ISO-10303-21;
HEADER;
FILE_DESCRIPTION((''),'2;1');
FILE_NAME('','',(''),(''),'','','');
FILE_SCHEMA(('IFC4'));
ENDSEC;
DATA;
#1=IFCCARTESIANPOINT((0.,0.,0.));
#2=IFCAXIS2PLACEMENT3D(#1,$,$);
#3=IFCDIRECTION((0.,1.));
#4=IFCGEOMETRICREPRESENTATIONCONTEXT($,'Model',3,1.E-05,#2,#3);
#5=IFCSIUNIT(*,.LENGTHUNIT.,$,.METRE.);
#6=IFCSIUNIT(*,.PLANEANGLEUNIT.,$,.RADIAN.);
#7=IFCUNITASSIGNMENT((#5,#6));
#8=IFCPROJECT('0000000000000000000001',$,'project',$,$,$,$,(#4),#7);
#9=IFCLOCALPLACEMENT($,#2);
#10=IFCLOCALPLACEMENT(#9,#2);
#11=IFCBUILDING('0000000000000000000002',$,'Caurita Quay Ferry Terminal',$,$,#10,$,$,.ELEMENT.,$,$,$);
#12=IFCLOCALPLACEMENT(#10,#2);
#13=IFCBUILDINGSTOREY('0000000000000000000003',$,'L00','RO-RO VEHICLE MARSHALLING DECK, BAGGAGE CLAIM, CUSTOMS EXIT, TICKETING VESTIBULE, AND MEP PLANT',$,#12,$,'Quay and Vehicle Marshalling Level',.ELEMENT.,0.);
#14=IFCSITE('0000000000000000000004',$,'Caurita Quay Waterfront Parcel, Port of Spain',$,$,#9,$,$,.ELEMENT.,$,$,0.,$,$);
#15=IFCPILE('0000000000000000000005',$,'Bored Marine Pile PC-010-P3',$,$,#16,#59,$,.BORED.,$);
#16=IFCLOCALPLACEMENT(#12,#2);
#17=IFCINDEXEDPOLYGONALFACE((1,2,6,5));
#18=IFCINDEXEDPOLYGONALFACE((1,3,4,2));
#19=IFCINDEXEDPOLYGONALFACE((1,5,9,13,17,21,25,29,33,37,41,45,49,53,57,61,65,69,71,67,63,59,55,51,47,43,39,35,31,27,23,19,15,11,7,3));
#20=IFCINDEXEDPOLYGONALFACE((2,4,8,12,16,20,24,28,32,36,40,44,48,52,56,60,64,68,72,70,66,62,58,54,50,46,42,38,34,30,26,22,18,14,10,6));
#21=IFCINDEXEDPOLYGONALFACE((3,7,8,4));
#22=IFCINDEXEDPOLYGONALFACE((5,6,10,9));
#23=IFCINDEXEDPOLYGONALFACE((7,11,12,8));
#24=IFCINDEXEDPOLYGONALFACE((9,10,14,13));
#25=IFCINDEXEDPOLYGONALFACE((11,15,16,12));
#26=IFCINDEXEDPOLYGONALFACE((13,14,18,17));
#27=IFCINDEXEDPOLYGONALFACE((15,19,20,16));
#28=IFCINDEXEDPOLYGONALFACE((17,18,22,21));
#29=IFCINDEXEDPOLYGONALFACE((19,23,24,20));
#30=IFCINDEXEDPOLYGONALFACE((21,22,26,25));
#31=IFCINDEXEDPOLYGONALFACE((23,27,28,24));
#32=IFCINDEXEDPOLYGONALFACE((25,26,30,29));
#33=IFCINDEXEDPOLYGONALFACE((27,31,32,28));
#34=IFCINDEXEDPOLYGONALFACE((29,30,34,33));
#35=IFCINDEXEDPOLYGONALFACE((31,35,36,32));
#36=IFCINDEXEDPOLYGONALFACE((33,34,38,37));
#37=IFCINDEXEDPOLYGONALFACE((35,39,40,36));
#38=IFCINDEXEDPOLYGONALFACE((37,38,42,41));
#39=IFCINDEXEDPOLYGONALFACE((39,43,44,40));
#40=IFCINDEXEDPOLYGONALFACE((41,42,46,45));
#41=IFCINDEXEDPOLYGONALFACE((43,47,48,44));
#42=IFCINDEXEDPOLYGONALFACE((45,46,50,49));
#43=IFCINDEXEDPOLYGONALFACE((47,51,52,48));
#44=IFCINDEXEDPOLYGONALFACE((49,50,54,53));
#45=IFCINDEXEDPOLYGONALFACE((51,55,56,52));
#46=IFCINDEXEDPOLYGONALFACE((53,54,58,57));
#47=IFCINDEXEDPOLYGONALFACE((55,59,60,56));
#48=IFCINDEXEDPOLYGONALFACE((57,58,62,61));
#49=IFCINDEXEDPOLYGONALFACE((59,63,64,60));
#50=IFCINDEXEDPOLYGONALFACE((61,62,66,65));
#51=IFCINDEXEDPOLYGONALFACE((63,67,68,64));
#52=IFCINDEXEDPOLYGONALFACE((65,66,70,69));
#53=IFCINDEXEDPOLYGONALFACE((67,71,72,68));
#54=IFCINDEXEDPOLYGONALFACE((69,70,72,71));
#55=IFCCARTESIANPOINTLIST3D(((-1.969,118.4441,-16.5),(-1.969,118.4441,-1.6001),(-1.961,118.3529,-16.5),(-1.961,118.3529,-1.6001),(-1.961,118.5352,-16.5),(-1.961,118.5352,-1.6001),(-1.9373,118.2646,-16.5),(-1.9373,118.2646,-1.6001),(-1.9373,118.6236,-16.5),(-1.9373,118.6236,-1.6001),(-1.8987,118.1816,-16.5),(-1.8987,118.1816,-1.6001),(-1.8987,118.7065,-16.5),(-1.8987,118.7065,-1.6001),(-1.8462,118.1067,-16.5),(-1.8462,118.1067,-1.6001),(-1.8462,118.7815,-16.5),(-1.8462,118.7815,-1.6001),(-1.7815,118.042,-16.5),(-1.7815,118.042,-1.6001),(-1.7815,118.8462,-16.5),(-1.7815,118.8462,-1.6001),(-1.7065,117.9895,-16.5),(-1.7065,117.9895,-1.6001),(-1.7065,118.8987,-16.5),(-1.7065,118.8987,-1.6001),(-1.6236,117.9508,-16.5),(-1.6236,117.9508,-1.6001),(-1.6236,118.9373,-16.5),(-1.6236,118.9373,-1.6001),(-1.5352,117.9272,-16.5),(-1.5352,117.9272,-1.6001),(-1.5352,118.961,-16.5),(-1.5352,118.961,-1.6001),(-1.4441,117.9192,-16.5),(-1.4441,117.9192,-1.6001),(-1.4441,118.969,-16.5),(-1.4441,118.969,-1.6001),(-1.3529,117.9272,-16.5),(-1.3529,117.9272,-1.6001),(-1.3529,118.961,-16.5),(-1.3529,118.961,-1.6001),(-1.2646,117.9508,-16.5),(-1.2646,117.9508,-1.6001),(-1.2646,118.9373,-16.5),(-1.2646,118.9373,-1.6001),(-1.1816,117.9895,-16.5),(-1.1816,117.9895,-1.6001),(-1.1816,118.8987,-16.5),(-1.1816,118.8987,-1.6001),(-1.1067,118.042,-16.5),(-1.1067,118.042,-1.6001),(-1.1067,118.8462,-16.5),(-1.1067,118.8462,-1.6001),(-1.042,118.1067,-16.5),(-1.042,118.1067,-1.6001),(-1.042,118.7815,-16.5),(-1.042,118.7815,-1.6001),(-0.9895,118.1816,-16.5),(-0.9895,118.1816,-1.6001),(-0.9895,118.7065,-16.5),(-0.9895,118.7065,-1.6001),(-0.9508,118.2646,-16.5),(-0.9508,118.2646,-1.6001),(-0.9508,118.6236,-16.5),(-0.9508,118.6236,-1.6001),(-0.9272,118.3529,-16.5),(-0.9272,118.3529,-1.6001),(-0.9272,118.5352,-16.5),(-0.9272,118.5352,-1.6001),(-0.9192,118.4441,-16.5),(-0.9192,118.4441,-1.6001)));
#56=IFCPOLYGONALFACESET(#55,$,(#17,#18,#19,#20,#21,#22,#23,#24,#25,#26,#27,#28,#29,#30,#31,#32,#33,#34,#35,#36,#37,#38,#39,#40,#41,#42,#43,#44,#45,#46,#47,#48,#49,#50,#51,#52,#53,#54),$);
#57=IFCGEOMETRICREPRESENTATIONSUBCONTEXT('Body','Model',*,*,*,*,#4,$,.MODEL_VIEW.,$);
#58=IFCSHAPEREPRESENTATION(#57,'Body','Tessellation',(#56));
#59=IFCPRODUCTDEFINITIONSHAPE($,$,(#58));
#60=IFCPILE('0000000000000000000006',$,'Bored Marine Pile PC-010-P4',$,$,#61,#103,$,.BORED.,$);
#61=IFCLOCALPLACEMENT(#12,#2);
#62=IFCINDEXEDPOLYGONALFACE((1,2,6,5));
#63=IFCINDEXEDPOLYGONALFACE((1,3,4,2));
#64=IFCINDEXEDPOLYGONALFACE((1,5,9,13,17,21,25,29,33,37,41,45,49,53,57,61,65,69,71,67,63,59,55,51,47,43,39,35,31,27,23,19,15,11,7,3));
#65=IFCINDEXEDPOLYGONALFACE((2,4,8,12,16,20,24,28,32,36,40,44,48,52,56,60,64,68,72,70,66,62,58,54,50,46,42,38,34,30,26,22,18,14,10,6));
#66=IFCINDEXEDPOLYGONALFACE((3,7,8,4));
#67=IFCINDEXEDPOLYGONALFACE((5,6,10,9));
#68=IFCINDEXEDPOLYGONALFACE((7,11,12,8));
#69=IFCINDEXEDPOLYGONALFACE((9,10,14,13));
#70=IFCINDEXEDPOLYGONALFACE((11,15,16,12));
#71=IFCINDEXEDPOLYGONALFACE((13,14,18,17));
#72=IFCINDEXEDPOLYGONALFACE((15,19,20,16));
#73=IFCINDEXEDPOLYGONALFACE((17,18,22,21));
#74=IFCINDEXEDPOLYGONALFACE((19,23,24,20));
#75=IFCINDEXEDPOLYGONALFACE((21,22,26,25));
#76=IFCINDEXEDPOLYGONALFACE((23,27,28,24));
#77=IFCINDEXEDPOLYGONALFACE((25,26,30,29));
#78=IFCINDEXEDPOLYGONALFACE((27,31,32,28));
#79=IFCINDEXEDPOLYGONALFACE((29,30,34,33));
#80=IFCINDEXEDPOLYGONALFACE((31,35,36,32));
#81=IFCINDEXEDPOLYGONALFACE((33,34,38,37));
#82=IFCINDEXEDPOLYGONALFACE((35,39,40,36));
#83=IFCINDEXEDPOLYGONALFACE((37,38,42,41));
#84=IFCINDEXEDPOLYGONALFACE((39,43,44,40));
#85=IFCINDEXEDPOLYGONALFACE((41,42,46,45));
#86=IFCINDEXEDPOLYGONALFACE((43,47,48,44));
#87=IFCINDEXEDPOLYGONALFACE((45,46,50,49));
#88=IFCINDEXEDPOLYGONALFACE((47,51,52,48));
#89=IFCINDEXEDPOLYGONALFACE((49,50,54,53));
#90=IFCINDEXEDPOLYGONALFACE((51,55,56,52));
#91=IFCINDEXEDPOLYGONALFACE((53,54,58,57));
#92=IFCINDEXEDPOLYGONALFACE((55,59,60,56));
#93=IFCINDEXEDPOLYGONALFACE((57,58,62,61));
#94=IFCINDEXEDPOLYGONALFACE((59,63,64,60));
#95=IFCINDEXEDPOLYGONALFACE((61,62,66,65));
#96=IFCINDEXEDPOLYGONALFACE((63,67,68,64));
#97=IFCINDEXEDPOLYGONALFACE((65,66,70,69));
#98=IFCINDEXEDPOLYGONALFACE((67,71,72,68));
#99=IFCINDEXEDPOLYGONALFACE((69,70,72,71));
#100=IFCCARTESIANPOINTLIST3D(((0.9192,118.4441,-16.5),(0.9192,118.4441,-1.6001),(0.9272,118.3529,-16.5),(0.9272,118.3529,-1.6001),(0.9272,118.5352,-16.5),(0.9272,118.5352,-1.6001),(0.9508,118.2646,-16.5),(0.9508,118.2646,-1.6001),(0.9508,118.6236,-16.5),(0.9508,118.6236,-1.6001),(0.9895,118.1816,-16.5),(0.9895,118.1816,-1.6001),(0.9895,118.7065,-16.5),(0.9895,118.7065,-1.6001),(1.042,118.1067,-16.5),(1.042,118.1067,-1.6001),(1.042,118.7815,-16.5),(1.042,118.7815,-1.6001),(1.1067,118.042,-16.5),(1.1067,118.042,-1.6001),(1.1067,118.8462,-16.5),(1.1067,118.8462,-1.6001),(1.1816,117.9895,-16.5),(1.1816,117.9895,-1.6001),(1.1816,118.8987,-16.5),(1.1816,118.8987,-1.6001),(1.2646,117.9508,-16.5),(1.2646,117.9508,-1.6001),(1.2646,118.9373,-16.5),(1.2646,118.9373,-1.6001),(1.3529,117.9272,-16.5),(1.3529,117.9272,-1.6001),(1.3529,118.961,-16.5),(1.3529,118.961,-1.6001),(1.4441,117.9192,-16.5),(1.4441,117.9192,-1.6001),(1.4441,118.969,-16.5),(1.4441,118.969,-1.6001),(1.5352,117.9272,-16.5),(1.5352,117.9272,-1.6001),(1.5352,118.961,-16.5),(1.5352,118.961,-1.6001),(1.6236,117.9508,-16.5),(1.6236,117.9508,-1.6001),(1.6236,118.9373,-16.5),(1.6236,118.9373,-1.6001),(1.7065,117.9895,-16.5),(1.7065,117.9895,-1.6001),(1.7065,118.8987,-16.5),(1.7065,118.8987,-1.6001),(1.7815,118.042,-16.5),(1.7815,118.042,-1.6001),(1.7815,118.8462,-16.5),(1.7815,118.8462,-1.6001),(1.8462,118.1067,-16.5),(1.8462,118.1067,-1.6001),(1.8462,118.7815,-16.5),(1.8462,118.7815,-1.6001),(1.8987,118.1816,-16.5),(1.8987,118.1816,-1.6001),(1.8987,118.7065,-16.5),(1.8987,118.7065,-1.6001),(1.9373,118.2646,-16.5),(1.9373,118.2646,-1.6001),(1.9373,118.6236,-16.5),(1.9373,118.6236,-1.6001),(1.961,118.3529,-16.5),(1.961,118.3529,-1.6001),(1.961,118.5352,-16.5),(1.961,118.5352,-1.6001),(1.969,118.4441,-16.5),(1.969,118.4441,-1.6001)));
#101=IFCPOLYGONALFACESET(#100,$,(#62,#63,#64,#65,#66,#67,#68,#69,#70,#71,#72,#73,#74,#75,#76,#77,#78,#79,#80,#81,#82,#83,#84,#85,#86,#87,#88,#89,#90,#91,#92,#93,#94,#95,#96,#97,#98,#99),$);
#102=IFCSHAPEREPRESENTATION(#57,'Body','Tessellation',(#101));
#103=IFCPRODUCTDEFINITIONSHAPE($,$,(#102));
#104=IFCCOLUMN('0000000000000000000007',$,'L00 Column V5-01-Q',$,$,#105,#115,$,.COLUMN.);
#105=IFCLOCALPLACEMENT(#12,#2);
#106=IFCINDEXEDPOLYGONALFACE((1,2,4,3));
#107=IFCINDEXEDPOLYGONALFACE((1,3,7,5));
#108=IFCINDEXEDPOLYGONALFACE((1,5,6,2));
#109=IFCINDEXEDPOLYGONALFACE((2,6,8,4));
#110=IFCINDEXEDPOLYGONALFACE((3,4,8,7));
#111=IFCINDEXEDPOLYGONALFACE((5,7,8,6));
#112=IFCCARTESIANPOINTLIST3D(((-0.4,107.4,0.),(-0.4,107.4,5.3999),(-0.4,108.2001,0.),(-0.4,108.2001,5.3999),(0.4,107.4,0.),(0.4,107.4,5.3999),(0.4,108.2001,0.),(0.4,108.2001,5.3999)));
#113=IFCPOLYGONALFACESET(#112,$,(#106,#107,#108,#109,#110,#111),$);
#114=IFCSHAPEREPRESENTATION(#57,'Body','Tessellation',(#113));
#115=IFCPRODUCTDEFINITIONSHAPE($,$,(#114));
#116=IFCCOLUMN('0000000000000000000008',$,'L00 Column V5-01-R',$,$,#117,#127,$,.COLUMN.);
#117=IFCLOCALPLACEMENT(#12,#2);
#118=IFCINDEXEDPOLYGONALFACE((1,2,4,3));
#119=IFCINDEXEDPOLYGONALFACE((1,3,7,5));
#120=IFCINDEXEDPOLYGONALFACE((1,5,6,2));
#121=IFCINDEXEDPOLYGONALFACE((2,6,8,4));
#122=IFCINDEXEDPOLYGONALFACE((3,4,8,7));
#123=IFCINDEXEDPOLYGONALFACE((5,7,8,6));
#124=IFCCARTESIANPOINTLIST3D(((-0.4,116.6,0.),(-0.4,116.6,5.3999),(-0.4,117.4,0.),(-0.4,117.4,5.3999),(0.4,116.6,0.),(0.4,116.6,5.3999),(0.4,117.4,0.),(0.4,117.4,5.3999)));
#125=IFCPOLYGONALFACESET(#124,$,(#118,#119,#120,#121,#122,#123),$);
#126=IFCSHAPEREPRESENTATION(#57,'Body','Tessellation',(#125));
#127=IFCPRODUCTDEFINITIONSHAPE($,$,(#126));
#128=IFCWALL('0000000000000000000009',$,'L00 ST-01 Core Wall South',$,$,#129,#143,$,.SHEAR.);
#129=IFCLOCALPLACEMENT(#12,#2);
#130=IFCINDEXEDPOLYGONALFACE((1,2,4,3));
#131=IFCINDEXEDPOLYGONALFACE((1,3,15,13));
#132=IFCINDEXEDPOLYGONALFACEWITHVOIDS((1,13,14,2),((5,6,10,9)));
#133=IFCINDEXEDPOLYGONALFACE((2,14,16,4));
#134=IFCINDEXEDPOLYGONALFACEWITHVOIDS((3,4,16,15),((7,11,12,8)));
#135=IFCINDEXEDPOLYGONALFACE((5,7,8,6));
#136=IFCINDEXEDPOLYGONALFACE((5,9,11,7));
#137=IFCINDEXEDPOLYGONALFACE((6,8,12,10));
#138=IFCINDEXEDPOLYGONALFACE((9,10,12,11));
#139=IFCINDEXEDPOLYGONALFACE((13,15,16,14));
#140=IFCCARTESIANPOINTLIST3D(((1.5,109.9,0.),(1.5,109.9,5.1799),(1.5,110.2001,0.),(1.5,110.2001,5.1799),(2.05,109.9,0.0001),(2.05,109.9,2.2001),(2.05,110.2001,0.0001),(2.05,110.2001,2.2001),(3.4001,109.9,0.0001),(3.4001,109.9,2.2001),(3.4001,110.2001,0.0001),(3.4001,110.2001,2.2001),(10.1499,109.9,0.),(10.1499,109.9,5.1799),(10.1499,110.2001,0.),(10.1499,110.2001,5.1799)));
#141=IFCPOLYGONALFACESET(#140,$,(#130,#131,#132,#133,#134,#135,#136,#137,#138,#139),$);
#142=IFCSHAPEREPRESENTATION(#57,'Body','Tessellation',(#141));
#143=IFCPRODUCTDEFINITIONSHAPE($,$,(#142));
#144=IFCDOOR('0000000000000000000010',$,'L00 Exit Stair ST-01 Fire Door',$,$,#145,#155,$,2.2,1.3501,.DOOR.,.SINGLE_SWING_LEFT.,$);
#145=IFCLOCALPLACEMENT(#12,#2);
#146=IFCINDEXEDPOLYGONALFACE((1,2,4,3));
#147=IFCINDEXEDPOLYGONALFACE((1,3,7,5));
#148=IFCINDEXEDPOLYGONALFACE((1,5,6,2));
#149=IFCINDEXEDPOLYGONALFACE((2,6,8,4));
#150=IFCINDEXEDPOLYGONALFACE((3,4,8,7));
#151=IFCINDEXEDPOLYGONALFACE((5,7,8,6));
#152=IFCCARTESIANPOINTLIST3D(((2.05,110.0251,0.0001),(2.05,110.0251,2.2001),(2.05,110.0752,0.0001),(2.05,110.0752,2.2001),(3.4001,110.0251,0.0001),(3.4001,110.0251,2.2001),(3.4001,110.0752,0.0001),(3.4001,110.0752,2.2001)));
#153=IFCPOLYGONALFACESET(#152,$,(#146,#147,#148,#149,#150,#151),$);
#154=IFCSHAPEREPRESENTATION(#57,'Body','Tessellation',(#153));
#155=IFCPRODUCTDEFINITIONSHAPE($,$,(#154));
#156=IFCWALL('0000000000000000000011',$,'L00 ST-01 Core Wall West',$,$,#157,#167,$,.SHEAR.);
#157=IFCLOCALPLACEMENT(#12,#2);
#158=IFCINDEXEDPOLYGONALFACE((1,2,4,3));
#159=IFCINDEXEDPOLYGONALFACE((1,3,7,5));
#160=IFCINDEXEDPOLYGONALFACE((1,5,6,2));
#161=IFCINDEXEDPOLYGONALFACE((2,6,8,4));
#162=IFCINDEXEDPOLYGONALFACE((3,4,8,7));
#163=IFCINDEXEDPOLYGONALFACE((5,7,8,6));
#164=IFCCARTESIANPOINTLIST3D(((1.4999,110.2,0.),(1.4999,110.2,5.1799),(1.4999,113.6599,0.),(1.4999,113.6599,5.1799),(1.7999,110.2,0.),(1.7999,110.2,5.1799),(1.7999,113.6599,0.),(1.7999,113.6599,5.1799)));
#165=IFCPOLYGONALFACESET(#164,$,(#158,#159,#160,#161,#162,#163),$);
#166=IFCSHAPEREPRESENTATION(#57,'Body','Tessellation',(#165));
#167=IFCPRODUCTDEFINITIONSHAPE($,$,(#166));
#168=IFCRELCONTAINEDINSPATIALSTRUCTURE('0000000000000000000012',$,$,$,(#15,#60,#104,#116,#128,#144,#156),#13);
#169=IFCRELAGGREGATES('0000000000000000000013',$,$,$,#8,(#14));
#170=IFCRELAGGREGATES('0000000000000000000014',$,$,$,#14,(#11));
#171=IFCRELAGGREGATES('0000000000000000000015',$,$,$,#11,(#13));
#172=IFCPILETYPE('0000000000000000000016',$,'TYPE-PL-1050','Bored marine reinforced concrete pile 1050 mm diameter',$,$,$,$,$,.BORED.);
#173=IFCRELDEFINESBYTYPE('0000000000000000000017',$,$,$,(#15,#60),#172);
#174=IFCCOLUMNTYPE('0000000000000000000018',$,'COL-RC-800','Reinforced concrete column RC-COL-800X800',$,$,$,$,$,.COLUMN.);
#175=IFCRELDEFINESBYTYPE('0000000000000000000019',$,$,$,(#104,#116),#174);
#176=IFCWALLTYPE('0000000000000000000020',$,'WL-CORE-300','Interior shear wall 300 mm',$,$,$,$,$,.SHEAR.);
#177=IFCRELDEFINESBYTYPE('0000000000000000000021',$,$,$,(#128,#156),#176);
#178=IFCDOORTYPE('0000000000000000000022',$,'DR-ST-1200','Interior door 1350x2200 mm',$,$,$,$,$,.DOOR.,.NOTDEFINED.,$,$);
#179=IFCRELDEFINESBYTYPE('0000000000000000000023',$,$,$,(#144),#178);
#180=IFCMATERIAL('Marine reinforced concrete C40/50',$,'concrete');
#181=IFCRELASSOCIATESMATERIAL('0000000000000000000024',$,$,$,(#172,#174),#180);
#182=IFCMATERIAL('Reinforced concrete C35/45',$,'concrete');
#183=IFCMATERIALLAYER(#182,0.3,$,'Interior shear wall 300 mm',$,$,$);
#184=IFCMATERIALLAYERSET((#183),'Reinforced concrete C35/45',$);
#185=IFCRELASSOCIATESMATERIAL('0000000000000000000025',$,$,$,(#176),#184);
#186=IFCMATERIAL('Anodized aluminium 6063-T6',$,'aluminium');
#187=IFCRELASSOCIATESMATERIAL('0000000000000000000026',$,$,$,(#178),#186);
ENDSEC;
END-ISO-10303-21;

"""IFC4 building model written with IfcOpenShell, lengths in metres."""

from ifc_helpers import new_model, si_unit, direction, frame, frame_2d, origin, origin_2d, place, context, subcontext, project, spatial, rectangle, circle, extrude, material, layer, layer_set, material_profile, profile_set, type_object, element, fill, save


model = new_model("IFC4")

# Units and contexts
model_context = context("Model", 3, precision=1e-05, world=origin(), true_north=direction((0.0, 1.0)))
body_context = subcontext(model_context, "Body", "Model", "MODEL_VIEW")
ifc_project = project(units=[si_unit("LENGTHUNIT", "METRE"), si_unit("PLANEANGLEUNIT", "RADIAN")], contexts=[model_context])

# Site, building, storey
site_placement = place(None, origin())
site = spatial("IfcSite", under=ifc_project, at=site_placement, Name="Caurita Quay Waterfront Parcel, Port of Spain", CompositionType="ELEMENT", RefElevation=0.0)
building_placement = place(site_placement, origin())
building = spatial("IfcBuilding", under=site, at=building_placement, Name="Caurita Quay Ferry Terminal", CompositionType="ELEMENT")
storey_placement = place(building_placement, origin())
storey = spatial("IfcBuildingStorey", under=building, at=storey_placement, Name="L00", Description="RO-RO VEHICLE MARSHALLING DECK, BAGGAGE CLAIM, CUSTOMS EXIT, TICKETING VESTIBULE, AND MEP PLANT", LongName="Quay and Vehicle Marshalling Level", CompositionType="ELEMENT", Elevation=0.0)

# Piles
ifc_material_1 = material(Name="Marine reinforced concrete C40/50", Category="concrete")
ifc_material_profile_1 = material_profile(ifc_material_1, circle(Radius=0.5249, at=origin_2d()), Name="PILE-D1050")
ifc_profile_set_1 = profile_set([ifc_material_profile_1], Name="Marine reinforced concrete C40/50")
pile_type = type_object("IfcPileType", Name="TYPE-PL-1050", Description="Bored marine reinforced concrete pile 1050 mm diameter", PredefinedType="BORED", material=ifc_profile_set_1)
for number, where, z_axis, x_axis, name in (
    (1, (-1.4441, 118.4441, -1.6001), (0.0, 0.0, -1.0), (1.0, 0.0, 0.0), "Bored Marine Pile PC-010-P3"),
    (2, (1.4441, 118.4441, -1.6001), (0.0, 0.0, -1.0), (1.0, 0.0, 0.0), "Bored Marine Pile PC-010-P4"),
):
    element("IfcPile", number, at=place(storey_placement, frame(where, z_axis=z_axis, x_axis=x_axis)), inside=storey, type_object=pile_type, Name=name, PredefinedType="BORED", context=body_context, shape_type="SweptSolid", body=[
        extrude(circle(Radius=0.5249, at=origin_2d()), origin(), (0.0, 0.0, 1.0), 14.8999),
    ])

# Columns
ifc_material_profile_2 = material_profile(ifc_material_1, rectangle(XDim=0.8, YDim=0.8, at=origin_2d()), Name="RC-COL-800X800")
ifc_profile_set_2 = profile_set([ifc_material_profile_2], Name="Marine reinforced concrete C40/50")
column_type = type_object("IfcColumnType", Name="COL-RC-800", Description="Reinforced concrete column RC-COL-800X800", PredefinedType="COLUMN", material=ifc_profile_set_2)
for number, where, z_axis, x_axis, name in (
    (3, (0.0, 107.8, 0.0), (0.0, 0.0, 1.0), (1.0, 0.0, 0.0), "L00 Column V5-01-Q"),
    (4, (0.0, 117.0, 0.0), (0.0, 0.0, 1.0), (1.0, 0.0, 0.0), "L00 Column V5-01-R"),
):
    element("IfcColumn", number, at=place(storey_placement, frame(where, z_axis=z_axis, x_axis=x_axis)), inside=storey, type_object=column_type, Name=name, PredefinedType="COLUMN", context=body_context, shape_type="SweptSolid", body=[
        extrude(rectangle(XDim=0.8, YDim=0.8, at=origin_2d()), origin(), (0.0, 0.0, 1.0), 5.3999),
    ])

# Wall, opening, door
ifc_material_2 = material(Name="Reinforced concrete C35/45", Category="concrete")
ifc_layer_1 = layer(ifc_material_2, 0.3, Name="Interior shear wall 300 mm")
ifc_layer_set_1 = layer_set([ifc_layer_1], Name="Reinforced concrete C35/45")
wall_type_1 = type_object("IfcWallType", Name="WL-CORE-300", Description="Interior shear wall 300 mm", PredefinedType="SHEAR", material=ifc_layer_set_1)
wall_1_placement = place(storey_placement, frame((1.5, 110.05, 0.0), z_axis=(0.0, 0.0, 1.0), x_axis=(1.0, 0.0, 0.0)))
wall_1 = element("IfcWall", 5, at=wall_1_placement, inside=storey, type_object=wall_type_1, Name="L00 ST-01 Core Wall South", PredefinedType="SHEAR", context=body_context, shape_type="SweptSolid", body=[
    extrude(rectangle(XDim=8.6499, YDim=0.3, at=frame_2d((4.325, 0.0))), origin(), (0.0, 0.0, 1.0), 5.1799),
])
opening_1_placement = place(wall_1_placement, frame((0.55, 0.0, 0.0)))
opening_1 = element("IfcOpeningElement", 6, at=opening_1_placement, cuts=wall_1, PredefinedType="OPENING", context=body_context, shape_type="SweptSolid", body=[
    extrude(rectangle(XDim=1.3501, YDim=2.2, at=frame_2d((0.675, 1.1001))), frame((0.0, 0.1599, 0.0), z_axis=(0.0, -1.0, 0.0), x_axis=(1.0, 0.0, 0.0)), (0.0, 0.0, 1.0), 0.3201),
])
ifc_material_3 = material(Name="Anodized aluminium 6063-T6", Category="aluminium")
door_type = type_object("IfcDoorType", Name="DR-ST-1200", Description="Interior door 1350x2200 mm", OperationType="NOTDEFINED", PredefinedType="DOOR", material=ifc_material_3)
door_placement = place(opening_1_placement, frame((1.3501, 0.0, 0.0), z_axis=(0.0, 0.0, 1.0), x_axis=(-1.0, 0.0, 0.0)))
door = element("IfcDoor", 7, at=door_placement, inside=storey, type_object=door_type, Name="L00 Exit Stair ST-01 Fire Door", OperationType="SINGLE_SWING_LEFT", OverallHeight=2.2, OverallWidth=1.3501, PredefinedType="DOOR", context=body_context, shape_type="SweptSolid", body=[
    extrude(rectangle(XDim=1.3501, YDim=2.2, at=frame_2d((0.675, 1.1001))), frame((0.0, 0.0249, 0.0), z_axis=(0.0, -1.0, 0.0), x_axis=(1.0, 0.0, 0.0)), (0.0, 0.0, 1.0), 0.05),
])
fill(opening_1, door)

# Wall
wall_2_placement = place(storey_placement, frame((1.6499, 113.6599, 0.0), z_axis=(0.0, 0.0, 1.0), x_axis=(0.0, -1.0, 0.0)))
element("IfcWall", 8, at=wall_2_placement, inside=storey, type_object=wall_type_1, Name="L00 ST-01 Core Wall West", PredefinedType="SHEAR", context=body_context, shape_type="SweptSolid", body=[
    extrude(rectangle(XDim=3.46, YDim=0.3, at=frame_2d((1.73, 0.0))), origin(), (0.0, 0.0, 1.0), 5.1799),
])

save(model, "model.ifc")
